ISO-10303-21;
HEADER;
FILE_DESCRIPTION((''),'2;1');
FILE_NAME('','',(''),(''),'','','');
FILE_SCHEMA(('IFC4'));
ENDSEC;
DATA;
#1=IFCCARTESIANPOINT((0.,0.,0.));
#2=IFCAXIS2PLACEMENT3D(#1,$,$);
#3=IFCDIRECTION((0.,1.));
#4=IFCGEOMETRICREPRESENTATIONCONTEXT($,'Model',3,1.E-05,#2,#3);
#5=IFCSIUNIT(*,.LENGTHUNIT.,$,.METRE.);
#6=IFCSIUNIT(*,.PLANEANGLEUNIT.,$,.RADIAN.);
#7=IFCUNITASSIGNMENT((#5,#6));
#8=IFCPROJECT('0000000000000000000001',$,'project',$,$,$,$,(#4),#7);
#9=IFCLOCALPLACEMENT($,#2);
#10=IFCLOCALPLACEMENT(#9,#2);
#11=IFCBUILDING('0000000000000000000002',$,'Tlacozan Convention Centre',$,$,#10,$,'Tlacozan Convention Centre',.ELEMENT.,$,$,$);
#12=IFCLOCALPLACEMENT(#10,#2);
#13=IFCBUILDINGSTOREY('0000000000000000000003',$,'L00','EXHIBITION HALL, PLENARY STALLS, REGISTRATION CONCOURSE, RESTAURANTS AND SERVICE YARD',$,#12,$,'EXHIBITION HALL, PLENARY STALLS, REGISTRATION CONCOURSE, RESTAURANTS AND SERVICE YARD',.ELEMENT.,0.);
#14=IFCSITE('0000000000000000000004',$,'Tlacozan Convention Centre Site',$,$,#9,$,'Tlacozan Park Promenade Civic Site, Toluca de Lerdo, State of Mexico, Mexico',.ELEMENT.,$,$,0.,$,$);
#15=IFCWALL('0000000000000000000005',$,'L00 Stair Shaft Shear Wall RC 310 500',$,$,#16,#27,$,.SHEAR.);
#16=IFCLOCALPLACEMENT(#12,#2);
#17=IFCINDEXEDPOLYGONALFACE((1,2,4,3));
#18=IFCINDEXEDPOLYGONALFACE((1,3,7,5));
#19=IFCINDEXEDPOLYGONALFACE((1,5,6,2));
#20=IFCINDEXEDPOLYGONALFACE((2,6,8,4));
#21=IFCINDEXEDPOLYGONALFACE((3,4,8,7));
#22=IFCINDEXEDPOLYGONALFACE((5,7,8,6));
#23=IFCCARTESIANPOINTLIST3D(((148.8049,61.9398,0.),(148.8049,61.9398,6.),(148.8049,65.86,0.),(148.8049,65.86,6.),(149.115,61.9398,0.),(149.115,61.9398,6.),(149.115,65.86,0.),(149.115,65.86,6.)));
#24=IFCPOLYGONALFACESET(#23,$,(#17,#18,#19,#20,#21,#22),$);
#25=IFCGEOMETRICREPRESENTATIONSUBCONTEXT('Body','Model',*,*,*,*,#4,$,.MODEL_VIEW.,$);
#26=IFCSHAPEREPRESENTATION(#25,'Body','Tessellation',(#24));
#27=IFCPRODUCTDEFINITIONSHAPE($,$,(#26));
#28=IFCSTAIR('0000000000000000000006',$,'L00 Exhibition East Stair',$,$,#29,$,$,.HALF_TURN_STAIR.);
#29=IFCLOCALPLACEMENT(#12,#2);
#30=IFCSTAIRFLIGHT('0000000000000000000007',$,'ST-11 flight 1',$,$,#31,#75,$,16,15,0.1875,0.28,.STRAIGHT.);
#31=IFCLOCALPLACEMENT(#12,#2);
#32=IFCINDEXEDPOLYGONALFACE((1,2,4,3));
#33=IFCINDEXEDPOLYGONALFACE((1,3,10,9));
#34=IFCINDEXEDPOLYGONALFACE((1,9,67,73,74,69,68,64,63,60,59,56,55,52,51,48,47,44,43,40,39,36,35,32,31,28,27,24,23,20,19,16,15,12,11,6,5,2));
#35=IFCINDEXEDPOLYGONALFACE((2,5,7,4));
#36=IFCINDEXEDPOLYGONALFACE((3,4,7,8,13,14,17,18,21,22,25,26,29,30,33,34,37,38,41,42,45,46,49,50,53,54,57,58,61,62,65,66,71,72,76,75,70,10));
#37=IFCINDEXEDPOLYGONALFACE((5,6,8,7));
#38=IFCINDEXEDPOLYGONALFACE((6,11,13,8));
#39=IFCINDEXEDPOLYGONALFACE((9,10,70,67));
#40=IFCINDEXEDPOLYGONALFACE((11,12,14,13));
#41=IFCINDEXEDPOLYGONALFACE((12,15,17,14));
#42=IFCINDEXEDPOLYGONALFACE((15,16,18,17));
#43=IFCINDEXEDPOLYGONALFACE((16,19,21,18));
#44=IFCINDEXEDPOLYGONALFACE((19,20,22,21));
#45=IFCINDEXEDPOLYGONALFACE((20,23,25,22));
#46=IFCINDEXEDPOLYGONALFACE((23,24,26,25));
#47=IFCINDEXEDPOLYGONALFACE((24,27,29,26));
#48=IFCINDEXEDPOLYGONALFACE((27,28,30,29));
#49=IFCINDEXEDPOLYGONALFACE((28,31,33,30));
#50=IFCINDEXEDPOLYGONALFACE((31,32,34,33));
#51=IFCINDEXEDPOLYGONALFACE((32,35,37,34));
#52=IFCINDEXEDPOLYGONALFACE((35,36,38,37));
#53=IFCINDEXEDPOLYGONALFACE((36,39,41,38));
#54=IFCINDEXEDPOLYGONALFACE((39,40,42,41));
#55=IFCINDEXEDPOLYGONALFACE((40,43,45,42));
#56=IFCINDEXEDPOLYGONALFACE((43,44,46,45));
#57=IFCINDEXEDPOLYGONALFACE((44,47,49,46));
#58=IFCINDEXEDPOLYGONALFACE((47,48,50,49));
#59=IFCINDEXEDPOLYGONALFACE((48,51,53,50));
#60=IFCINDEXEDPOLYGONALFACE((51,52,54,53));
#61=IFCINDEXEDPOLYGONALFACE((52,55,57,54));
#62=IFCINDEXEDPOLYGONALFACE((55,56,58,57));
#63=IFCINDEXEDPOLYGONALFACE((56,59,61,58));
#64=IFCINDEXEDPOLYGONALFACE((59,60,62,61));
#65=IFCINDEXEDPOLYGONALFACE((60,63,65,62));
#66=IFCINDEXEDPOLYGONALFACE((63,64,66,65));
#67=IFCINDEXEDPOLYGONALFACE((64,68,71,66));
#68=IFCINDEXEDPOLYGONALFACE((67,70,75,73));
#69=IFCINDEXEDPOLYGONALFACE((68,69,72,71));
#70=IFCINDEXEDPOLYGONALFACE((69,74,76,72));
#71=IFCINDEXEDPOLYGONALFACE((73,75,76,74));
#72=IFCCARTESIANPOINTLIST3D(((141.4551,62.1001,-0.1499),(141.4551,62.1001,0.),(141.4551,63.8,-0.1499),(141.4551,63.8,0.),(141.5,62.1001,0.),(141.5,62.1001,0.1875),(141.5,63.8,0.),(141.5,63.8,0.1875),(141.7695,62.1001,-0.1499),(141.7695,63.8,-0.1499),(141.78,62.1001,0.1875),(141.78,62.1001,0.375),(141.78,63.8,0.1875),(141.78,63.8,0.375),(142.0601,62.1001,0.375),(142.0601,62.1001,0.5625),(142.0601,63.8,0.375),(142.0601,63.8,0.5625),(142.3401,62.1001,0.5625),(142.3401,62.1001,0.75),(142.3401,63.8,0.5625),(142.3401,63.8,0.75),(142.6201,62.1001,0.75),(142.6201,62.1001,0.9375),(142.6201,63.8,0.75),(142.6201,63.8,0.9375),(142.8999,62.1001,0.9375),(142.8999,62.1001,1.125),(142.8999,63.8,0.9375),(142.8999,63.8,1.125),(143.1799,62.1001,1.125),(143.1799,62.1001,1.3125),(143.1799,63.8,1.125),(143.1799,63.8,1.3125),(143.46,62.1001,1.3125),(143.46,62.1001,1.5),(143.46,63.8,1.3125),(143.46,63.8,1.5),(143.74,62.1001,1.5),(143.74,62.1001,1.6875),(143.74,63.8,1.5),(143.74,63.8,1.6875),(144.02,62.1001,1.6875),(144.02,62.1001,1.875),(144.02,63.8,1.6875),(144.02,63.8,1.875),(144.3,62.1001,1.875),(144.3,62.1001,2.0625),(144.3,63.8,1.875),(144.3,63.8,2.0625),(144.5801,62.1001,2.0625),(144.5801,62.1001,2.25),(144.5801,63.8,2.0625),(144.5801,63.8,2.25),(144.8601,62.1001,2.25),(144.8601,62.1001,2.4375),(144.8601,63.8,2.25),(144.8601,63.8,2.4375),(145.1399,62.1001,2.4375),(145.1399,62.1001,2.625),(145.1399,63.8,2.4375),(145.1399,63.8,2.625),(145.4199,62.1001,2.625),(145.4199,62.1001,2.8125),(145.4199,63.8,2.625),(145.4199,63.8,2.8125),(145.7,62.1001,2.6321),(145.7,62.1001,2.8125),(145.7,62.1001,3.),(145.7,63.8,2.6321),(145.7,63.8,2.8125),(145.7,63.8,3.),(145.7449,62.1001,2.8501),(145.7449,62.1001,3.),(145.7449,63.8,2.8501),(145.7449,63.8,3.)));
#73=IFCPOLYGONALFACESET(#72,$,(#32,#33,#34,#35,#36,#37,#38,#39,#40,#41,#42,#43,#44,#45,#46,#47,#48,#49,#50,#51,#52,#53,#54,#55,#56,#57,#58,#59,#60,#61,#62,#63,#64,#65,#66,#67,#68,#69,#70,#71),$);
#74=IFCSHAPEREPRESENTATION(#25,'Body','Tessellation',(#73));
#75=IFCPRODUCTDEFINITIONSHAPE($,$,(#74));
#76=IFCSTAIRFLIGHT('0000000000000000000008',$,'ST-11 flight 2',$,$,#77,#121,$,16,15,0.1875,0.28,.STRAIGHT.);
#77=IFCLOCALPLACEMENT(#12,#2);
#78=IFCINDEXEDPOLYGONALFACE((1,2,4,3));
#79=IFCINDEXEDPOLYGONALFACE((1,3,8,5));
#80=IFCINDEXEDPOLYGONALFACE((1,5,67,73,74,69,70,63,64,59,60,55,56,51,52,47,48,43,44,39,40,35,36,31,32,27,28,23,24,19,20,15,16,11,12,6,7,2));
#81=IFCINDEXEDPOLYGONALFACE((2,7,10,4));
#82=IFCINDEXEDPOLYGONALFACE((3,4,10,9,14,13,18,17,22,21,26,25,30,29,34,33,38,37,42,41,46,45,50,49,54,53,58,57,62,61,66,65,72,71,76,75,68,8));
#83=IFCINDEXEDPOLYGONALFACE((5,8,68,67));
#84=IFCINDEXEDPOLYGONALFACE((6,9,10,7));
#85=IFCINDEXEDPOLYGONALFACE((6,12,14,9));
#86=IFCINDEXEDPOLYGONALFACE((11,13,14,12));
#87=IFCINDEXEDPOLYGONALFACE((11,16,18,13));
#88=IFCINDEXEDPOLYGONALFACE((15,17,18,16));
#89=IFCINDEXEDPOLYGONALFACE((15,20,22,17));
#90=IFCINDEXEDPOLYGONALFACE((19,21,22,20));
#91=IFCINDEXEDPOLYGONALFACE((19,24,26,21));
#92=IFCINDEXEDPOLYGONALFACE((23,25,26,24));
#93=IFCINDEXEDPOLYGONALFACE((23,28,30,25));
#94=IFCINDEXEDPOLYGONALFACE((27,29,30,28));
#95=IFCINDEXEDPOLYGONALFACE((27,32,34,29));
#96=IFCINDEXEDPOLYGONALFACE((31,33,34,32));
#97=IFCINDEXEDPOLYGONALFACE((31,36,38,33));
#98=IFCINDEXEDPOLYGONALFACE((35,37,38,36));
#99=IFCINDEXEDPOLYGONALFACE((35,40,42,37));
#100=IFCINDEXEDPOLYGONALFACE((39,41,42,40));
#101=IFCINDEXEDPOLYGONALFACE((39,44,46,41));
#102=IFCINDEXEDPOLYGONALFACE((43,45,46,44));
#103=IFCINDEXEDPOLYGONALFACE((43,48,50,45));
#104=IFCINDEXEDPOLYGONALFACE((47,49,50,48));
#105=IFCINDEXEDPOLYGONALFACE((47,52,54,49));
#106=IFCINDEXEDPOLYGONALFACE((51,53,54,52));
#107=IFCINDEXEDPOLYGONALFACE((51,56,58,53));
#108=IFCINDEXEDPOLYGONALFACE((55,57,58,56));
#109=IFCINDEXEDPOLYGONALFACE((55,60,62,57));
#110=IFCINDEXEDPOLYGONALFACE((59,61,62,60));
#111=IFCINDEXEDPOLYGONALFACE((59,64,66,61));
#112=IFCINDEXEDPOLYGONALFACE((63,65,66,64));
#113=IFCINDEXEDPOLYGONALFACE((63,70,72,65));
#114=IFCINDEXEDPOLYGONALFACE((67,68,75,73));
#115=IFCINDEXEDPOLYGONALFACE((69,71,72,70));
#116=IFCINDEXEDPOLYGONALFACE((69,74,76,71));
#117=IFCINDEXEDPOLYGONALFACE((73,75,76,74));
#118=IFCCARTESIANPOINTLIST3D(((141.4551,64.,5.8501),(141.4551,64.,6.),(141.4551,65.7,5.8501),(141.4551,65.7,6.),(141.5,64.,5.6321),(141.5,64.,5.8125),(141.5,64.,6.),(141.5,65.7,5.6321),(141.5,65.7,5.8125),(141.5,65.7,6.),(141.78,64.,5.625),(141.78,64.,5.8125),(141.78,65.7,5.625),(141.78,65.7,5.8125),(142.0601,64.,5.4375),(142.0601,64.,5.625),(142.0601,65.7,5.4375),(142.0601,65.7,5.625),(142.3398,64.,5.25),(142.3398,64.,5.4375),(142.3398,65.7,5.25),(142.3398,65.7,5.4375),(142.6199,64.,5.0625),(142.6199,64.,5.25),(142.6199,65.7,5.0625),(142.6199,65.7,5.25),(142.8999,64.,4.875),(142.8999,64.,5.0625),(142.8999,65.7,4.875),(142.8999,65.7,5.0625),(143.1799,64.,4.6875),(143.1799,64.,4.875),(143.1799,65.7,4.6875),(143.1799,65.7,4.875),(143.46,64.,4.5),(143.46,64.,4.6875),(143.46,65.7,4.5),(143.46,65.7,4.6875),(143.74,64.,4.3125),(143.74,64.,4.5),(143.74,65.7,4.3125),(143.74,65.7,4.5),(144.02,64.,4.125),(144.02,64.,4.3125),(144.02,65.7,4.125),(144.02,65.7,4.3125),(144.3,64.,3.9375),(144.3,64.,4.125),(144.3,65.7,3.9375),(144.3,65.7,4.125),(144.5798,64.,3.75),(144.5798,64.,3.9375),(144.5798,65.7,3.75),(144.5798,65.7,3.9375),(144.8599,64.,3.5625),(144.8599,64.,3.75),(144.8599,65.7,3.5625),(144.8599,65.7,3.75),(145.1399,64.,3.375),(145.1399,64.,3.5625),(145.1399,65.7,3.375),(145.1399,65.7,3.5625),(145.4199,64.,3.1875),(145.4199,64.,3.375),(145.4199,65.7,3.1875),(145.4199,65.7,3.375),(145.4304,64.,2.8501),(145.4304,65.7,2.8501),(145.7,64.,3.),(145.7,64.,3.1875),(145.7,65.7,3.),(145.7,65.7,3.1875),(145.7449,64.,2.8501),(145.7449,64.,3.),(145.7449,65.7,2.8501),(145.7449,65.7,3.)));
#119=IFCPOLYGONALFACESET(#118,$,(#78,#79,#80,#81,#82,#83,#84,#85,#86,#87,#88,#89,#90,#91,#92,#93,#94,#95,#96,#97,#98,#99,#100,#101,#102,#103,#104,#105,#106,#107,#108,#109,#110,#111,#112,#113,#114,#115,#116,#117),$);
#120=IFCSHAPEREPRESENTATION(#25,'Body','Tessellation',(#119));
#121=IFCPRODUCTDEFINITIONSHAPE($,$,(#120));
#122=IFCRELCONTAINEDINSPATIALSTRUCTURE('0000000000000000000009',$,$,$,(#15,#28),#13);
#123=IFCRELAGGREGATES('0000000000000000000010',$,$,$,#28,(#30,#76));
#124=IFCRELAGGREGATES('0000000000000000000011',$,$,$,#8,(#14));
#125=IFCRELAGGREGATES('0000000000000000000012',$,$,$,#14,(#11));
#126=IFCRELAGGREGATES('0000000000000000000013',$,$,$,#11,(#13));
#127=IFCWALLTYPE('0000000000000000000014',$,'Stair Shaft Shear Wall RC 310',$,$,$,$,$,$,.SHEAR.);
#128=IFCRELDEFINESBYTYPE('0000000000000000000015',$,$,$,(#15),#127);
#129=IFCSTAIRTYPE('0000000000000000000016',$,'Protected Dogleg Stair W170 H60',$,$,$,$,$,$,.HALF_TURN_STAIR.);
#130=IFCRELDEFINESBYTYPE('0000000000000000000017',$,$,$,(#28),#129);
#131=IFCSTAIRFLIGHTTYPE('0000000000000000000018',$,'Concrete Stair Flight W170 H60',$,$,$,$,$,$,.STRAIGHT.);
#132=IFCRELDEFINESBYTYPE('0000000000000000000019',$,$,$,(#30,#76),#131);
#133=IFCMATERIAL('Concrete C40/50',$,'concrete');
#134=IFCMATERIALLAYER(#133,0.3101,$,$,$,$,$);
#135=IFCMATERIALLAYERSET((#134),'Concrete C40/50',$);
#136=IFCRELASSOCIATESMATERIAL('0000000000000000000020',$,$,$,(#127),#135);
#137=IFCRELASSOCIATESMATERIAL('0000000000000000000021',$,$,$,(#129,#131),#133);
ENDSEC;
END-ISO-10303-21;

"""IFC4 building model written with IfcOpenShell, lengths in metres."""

from ifc_helpers import new_model, si_unit, direction, frame, frame_2d, origin, place, context, subcontext, project, spatial, polyline, rectangle, outline, extrude, material, layer, layer_set, type_object, element, aggregate, save


model = new_model("IFC4")

# Units and contexts
model_context = context("Model", 3, precision=1e-05, world=origin(), true_north=direction((0.0, 1.0)))
body_context = subcontext(model_context, "Body", "Model", "MODEL_VIEW")
ifc_project = project(units=[si_unit("LENGTHUNIT", "METRE"), si_unit("PLANEANGLEUNIT", "RADIAN")], contexts=[model_context])

# Site, building, storey
site_placement = place(None, origin())
site = spatial("IfcSite", under=ifc_project, at=site_placement, Name="Tlacozan Convention Centre Site", LongName="Tlacozan Park Promenade Civic Site, Toluca de Lerdo, State of Mexico, Mexico", CompositionType="ELEMENT", RefElevation=0.0)
building_placement = place(site_placement, origin())
building = spatial("IfcBuilding", under=site, at=building_placement, Name="Tlacozan Convention Centre", LongName="Tlacozan Convention Centre", CompositionType="ELEMENT")
storey_placement = place(building_placement, origin())
storey = spatial("IfcBuildingStorey", under=building, at=storey_placement, Name="L00", Description="EXHIBITION HALL, PLENARY STALLS, REGISTRATION CONCOURSE, RESTAURANTS AND SERVICE YARD", LongName="EXHIBITION HALL, PLENARY STALLS, REGISTRATION CONCOURSE, RESTAURANTS AND SERVICE YARD", CompositionType="ELEMENT", Elevation=0.0)

# Shared definitions
ifc_material_1 = material(Name="Concrete C40/50", Category="concrete")

# Shared definitions
ifc_layer_1 = layer(ifc_material_1, 0.3101)
ifc_layer_set_1 = layer_set([ifc_layer_1], Name="Concrete C40/50")
wall_type_1 = type_object("IfcWallType", Name="Stair Shaft Shear Wall RC 310", PredefinedType="SHEAR", material=ifc_layer_set_1)

# Wall
wall_1_placement = place(storey_placement, frame((148.96, 61.9399, 0.0), z_axis=(0.0, 0.0, 1.0), x_axis=(0.0, 1.0, 0.0)))
element("IfcWall", 1, at=wall_1_placement, inside=storey, type_object=wall_type_1, Name="L00 Stair Shaft Shear Wall RC 310 500", PredefinedType="SHEAR", context=body_context, shape_type="SweptSolid", body=[
    extrude(rectangle(XDim=3.9202, YDim=0.3101, at=frame_2d((1.96, 0.0))), origin(), (0.0, 0.0, 1.0), 6.0),
])

# Stair, stair flights
stair_type = type_object("IfcStairType", Name="Protected Dogleg Stair W170 H60", PredefinedType="HALF_TURN_STAIR", material=ifc_material_1)
stair_placement = place(storey_placement, origin())
stair = element("IfcStair", 2, at=stair_placement, inside=storey, type_object=stair_type, Name="L00 Exhibition East Stair", PredefinedType="HALF_TURN_STAIR")
stair_flight_type = type_object("IfcStairFlightType", Name="Concrete Stair Flight W170 H60", PredefinedType="STRAIGHT", material=ifc_material_1)
stair_flight_1_placement = place(storey_placement, frame((141.5, 62.95, 0.0), z_axis=(0.0, 0.0, 1.0), x_axis=(1.0, 0.0, 0.0)))
stair_flight_1 = element("IfcStairFlight", 3, at=stair_flight_1_placement, type_object=stair_flight_type, Name="ST-11 flight 1", NumberOfRisers=16, NumberOfTreads=15, PredefinedType="STRAIGHT", RiserHeight=0.1875, TreadLength=0.28, context=body_context, shape_type="SweptSolid", body=[
    extrude(outline(polyline([(-0.0449, -0.1499), (-0.0449, 0.0), (0.0, 0.0), (0.0, 0.1875), (0.28, 0.1875), (0.28, 0.375), (0.5601, 0.375), (0.5601, 0.5625), (0.8401, 0.5625), (0.8401, 0.75), (1.1201, 0.75), (1.1201, 0.9375), (1.3999, 0.9375), (1.3999, 1.125), (1.6799, 1.125), (1.6799, 1.3125), (1.96, 1.3125), (1.96, 1.5), (2.24, 1.5), (2.24, 1.6875), (2.52, 1.6875), (2.52, 1.875), (2.8, 1.875), (2.8, 2.0625), (3.0801, 2.0625), (3.0801, 2.25), (3.3601, 2.25), (3.3601, 2.4375), (3.6399, 2.4375), (3.6399, 2.625), (3.9199, 2.625), (3.9199, 2.8125), (4.2, 2.8125), (4.2, 3.0), (4.2449, 3.0), (4.2449, 2.8501), (4.2, 2.6321), (0.2695, -0.1499), (-0.0449, -0.1499)])), frame((0.0, 0.8501, 0.0), z_axis=(0.0, -1.0, 0.0), x_axis=(1.0, 0.0, 0.0)), (0.0, 0.0, 1.0), 1.7),
])
stair_flight_2_placement = place(storey_placement, frame((145.7, 64.8501, 3.0), z_axis=(0.0, 0.0, 1.0), x_axis=(-1.0, 0.0, 0.0)))
stair_flight_2 = element("IfcStairFlight", 4, at=stair_flight_2_placement, type_object=stair_flight_type, Name="ST-11 flight 2", NumberOfRisers=16, NumberOfTreads=15, PredefinedType="STRAIGHT", RiserHeight=0.1875, TreadLength=0.28, context=body_context, shape_type="SweptSolid", body=[
    extrude(outline(polyline([(-0.0449, -0.1499), (-0.0449, 0.0), (0.0, 0.0), (0.0, 0.1875), (0.28, 0.1875), (0.28, 0.375), (0.5601, 0.375), (0.5601, 0.5625), (0.8401, 0.5625), (0.8401, 0.75), (1.1201, 0.75), (1.1201, 0.9375), (1.3999, 0.9375), (1.3999, 1.125), (1.6799, 1.125), (1.6799, 1.3125), (1.96, 1.3125), (1.96, 1.5), (2.24, 1.5), (2.24, 1.6875), (2.52, 1.6875), (2.52, 1.875), (2.8, 1.875), (2.8, 2.0625), (3.0801, 2.0625), (3.0801, 2.25), (3.3601, 2.25), (3.3601, 2.4375), (3.6399, 2.4375), (3.6399, 2.625), (3.9199, 2.625), (3.9199, 2.8125), (4.2, 2.8125), (4.2, 3.0), (4.2449, 3.0), (4.2449, 2.8501), (4.2, 2.6321), (0.2695, -0.1499), (-0.0449, -0.1499)])), frame((0.0, 0.8501, 0.0), z_axis=(0.0, -1.0, 0.0), x_axis=(1.0, 0.0, 0.0)), (0.0, 0.0, 1.0), 1.7),
])
aggregate(stair, [stair_flight_1, stair_flight_2])

save(model, "model.ifc")
